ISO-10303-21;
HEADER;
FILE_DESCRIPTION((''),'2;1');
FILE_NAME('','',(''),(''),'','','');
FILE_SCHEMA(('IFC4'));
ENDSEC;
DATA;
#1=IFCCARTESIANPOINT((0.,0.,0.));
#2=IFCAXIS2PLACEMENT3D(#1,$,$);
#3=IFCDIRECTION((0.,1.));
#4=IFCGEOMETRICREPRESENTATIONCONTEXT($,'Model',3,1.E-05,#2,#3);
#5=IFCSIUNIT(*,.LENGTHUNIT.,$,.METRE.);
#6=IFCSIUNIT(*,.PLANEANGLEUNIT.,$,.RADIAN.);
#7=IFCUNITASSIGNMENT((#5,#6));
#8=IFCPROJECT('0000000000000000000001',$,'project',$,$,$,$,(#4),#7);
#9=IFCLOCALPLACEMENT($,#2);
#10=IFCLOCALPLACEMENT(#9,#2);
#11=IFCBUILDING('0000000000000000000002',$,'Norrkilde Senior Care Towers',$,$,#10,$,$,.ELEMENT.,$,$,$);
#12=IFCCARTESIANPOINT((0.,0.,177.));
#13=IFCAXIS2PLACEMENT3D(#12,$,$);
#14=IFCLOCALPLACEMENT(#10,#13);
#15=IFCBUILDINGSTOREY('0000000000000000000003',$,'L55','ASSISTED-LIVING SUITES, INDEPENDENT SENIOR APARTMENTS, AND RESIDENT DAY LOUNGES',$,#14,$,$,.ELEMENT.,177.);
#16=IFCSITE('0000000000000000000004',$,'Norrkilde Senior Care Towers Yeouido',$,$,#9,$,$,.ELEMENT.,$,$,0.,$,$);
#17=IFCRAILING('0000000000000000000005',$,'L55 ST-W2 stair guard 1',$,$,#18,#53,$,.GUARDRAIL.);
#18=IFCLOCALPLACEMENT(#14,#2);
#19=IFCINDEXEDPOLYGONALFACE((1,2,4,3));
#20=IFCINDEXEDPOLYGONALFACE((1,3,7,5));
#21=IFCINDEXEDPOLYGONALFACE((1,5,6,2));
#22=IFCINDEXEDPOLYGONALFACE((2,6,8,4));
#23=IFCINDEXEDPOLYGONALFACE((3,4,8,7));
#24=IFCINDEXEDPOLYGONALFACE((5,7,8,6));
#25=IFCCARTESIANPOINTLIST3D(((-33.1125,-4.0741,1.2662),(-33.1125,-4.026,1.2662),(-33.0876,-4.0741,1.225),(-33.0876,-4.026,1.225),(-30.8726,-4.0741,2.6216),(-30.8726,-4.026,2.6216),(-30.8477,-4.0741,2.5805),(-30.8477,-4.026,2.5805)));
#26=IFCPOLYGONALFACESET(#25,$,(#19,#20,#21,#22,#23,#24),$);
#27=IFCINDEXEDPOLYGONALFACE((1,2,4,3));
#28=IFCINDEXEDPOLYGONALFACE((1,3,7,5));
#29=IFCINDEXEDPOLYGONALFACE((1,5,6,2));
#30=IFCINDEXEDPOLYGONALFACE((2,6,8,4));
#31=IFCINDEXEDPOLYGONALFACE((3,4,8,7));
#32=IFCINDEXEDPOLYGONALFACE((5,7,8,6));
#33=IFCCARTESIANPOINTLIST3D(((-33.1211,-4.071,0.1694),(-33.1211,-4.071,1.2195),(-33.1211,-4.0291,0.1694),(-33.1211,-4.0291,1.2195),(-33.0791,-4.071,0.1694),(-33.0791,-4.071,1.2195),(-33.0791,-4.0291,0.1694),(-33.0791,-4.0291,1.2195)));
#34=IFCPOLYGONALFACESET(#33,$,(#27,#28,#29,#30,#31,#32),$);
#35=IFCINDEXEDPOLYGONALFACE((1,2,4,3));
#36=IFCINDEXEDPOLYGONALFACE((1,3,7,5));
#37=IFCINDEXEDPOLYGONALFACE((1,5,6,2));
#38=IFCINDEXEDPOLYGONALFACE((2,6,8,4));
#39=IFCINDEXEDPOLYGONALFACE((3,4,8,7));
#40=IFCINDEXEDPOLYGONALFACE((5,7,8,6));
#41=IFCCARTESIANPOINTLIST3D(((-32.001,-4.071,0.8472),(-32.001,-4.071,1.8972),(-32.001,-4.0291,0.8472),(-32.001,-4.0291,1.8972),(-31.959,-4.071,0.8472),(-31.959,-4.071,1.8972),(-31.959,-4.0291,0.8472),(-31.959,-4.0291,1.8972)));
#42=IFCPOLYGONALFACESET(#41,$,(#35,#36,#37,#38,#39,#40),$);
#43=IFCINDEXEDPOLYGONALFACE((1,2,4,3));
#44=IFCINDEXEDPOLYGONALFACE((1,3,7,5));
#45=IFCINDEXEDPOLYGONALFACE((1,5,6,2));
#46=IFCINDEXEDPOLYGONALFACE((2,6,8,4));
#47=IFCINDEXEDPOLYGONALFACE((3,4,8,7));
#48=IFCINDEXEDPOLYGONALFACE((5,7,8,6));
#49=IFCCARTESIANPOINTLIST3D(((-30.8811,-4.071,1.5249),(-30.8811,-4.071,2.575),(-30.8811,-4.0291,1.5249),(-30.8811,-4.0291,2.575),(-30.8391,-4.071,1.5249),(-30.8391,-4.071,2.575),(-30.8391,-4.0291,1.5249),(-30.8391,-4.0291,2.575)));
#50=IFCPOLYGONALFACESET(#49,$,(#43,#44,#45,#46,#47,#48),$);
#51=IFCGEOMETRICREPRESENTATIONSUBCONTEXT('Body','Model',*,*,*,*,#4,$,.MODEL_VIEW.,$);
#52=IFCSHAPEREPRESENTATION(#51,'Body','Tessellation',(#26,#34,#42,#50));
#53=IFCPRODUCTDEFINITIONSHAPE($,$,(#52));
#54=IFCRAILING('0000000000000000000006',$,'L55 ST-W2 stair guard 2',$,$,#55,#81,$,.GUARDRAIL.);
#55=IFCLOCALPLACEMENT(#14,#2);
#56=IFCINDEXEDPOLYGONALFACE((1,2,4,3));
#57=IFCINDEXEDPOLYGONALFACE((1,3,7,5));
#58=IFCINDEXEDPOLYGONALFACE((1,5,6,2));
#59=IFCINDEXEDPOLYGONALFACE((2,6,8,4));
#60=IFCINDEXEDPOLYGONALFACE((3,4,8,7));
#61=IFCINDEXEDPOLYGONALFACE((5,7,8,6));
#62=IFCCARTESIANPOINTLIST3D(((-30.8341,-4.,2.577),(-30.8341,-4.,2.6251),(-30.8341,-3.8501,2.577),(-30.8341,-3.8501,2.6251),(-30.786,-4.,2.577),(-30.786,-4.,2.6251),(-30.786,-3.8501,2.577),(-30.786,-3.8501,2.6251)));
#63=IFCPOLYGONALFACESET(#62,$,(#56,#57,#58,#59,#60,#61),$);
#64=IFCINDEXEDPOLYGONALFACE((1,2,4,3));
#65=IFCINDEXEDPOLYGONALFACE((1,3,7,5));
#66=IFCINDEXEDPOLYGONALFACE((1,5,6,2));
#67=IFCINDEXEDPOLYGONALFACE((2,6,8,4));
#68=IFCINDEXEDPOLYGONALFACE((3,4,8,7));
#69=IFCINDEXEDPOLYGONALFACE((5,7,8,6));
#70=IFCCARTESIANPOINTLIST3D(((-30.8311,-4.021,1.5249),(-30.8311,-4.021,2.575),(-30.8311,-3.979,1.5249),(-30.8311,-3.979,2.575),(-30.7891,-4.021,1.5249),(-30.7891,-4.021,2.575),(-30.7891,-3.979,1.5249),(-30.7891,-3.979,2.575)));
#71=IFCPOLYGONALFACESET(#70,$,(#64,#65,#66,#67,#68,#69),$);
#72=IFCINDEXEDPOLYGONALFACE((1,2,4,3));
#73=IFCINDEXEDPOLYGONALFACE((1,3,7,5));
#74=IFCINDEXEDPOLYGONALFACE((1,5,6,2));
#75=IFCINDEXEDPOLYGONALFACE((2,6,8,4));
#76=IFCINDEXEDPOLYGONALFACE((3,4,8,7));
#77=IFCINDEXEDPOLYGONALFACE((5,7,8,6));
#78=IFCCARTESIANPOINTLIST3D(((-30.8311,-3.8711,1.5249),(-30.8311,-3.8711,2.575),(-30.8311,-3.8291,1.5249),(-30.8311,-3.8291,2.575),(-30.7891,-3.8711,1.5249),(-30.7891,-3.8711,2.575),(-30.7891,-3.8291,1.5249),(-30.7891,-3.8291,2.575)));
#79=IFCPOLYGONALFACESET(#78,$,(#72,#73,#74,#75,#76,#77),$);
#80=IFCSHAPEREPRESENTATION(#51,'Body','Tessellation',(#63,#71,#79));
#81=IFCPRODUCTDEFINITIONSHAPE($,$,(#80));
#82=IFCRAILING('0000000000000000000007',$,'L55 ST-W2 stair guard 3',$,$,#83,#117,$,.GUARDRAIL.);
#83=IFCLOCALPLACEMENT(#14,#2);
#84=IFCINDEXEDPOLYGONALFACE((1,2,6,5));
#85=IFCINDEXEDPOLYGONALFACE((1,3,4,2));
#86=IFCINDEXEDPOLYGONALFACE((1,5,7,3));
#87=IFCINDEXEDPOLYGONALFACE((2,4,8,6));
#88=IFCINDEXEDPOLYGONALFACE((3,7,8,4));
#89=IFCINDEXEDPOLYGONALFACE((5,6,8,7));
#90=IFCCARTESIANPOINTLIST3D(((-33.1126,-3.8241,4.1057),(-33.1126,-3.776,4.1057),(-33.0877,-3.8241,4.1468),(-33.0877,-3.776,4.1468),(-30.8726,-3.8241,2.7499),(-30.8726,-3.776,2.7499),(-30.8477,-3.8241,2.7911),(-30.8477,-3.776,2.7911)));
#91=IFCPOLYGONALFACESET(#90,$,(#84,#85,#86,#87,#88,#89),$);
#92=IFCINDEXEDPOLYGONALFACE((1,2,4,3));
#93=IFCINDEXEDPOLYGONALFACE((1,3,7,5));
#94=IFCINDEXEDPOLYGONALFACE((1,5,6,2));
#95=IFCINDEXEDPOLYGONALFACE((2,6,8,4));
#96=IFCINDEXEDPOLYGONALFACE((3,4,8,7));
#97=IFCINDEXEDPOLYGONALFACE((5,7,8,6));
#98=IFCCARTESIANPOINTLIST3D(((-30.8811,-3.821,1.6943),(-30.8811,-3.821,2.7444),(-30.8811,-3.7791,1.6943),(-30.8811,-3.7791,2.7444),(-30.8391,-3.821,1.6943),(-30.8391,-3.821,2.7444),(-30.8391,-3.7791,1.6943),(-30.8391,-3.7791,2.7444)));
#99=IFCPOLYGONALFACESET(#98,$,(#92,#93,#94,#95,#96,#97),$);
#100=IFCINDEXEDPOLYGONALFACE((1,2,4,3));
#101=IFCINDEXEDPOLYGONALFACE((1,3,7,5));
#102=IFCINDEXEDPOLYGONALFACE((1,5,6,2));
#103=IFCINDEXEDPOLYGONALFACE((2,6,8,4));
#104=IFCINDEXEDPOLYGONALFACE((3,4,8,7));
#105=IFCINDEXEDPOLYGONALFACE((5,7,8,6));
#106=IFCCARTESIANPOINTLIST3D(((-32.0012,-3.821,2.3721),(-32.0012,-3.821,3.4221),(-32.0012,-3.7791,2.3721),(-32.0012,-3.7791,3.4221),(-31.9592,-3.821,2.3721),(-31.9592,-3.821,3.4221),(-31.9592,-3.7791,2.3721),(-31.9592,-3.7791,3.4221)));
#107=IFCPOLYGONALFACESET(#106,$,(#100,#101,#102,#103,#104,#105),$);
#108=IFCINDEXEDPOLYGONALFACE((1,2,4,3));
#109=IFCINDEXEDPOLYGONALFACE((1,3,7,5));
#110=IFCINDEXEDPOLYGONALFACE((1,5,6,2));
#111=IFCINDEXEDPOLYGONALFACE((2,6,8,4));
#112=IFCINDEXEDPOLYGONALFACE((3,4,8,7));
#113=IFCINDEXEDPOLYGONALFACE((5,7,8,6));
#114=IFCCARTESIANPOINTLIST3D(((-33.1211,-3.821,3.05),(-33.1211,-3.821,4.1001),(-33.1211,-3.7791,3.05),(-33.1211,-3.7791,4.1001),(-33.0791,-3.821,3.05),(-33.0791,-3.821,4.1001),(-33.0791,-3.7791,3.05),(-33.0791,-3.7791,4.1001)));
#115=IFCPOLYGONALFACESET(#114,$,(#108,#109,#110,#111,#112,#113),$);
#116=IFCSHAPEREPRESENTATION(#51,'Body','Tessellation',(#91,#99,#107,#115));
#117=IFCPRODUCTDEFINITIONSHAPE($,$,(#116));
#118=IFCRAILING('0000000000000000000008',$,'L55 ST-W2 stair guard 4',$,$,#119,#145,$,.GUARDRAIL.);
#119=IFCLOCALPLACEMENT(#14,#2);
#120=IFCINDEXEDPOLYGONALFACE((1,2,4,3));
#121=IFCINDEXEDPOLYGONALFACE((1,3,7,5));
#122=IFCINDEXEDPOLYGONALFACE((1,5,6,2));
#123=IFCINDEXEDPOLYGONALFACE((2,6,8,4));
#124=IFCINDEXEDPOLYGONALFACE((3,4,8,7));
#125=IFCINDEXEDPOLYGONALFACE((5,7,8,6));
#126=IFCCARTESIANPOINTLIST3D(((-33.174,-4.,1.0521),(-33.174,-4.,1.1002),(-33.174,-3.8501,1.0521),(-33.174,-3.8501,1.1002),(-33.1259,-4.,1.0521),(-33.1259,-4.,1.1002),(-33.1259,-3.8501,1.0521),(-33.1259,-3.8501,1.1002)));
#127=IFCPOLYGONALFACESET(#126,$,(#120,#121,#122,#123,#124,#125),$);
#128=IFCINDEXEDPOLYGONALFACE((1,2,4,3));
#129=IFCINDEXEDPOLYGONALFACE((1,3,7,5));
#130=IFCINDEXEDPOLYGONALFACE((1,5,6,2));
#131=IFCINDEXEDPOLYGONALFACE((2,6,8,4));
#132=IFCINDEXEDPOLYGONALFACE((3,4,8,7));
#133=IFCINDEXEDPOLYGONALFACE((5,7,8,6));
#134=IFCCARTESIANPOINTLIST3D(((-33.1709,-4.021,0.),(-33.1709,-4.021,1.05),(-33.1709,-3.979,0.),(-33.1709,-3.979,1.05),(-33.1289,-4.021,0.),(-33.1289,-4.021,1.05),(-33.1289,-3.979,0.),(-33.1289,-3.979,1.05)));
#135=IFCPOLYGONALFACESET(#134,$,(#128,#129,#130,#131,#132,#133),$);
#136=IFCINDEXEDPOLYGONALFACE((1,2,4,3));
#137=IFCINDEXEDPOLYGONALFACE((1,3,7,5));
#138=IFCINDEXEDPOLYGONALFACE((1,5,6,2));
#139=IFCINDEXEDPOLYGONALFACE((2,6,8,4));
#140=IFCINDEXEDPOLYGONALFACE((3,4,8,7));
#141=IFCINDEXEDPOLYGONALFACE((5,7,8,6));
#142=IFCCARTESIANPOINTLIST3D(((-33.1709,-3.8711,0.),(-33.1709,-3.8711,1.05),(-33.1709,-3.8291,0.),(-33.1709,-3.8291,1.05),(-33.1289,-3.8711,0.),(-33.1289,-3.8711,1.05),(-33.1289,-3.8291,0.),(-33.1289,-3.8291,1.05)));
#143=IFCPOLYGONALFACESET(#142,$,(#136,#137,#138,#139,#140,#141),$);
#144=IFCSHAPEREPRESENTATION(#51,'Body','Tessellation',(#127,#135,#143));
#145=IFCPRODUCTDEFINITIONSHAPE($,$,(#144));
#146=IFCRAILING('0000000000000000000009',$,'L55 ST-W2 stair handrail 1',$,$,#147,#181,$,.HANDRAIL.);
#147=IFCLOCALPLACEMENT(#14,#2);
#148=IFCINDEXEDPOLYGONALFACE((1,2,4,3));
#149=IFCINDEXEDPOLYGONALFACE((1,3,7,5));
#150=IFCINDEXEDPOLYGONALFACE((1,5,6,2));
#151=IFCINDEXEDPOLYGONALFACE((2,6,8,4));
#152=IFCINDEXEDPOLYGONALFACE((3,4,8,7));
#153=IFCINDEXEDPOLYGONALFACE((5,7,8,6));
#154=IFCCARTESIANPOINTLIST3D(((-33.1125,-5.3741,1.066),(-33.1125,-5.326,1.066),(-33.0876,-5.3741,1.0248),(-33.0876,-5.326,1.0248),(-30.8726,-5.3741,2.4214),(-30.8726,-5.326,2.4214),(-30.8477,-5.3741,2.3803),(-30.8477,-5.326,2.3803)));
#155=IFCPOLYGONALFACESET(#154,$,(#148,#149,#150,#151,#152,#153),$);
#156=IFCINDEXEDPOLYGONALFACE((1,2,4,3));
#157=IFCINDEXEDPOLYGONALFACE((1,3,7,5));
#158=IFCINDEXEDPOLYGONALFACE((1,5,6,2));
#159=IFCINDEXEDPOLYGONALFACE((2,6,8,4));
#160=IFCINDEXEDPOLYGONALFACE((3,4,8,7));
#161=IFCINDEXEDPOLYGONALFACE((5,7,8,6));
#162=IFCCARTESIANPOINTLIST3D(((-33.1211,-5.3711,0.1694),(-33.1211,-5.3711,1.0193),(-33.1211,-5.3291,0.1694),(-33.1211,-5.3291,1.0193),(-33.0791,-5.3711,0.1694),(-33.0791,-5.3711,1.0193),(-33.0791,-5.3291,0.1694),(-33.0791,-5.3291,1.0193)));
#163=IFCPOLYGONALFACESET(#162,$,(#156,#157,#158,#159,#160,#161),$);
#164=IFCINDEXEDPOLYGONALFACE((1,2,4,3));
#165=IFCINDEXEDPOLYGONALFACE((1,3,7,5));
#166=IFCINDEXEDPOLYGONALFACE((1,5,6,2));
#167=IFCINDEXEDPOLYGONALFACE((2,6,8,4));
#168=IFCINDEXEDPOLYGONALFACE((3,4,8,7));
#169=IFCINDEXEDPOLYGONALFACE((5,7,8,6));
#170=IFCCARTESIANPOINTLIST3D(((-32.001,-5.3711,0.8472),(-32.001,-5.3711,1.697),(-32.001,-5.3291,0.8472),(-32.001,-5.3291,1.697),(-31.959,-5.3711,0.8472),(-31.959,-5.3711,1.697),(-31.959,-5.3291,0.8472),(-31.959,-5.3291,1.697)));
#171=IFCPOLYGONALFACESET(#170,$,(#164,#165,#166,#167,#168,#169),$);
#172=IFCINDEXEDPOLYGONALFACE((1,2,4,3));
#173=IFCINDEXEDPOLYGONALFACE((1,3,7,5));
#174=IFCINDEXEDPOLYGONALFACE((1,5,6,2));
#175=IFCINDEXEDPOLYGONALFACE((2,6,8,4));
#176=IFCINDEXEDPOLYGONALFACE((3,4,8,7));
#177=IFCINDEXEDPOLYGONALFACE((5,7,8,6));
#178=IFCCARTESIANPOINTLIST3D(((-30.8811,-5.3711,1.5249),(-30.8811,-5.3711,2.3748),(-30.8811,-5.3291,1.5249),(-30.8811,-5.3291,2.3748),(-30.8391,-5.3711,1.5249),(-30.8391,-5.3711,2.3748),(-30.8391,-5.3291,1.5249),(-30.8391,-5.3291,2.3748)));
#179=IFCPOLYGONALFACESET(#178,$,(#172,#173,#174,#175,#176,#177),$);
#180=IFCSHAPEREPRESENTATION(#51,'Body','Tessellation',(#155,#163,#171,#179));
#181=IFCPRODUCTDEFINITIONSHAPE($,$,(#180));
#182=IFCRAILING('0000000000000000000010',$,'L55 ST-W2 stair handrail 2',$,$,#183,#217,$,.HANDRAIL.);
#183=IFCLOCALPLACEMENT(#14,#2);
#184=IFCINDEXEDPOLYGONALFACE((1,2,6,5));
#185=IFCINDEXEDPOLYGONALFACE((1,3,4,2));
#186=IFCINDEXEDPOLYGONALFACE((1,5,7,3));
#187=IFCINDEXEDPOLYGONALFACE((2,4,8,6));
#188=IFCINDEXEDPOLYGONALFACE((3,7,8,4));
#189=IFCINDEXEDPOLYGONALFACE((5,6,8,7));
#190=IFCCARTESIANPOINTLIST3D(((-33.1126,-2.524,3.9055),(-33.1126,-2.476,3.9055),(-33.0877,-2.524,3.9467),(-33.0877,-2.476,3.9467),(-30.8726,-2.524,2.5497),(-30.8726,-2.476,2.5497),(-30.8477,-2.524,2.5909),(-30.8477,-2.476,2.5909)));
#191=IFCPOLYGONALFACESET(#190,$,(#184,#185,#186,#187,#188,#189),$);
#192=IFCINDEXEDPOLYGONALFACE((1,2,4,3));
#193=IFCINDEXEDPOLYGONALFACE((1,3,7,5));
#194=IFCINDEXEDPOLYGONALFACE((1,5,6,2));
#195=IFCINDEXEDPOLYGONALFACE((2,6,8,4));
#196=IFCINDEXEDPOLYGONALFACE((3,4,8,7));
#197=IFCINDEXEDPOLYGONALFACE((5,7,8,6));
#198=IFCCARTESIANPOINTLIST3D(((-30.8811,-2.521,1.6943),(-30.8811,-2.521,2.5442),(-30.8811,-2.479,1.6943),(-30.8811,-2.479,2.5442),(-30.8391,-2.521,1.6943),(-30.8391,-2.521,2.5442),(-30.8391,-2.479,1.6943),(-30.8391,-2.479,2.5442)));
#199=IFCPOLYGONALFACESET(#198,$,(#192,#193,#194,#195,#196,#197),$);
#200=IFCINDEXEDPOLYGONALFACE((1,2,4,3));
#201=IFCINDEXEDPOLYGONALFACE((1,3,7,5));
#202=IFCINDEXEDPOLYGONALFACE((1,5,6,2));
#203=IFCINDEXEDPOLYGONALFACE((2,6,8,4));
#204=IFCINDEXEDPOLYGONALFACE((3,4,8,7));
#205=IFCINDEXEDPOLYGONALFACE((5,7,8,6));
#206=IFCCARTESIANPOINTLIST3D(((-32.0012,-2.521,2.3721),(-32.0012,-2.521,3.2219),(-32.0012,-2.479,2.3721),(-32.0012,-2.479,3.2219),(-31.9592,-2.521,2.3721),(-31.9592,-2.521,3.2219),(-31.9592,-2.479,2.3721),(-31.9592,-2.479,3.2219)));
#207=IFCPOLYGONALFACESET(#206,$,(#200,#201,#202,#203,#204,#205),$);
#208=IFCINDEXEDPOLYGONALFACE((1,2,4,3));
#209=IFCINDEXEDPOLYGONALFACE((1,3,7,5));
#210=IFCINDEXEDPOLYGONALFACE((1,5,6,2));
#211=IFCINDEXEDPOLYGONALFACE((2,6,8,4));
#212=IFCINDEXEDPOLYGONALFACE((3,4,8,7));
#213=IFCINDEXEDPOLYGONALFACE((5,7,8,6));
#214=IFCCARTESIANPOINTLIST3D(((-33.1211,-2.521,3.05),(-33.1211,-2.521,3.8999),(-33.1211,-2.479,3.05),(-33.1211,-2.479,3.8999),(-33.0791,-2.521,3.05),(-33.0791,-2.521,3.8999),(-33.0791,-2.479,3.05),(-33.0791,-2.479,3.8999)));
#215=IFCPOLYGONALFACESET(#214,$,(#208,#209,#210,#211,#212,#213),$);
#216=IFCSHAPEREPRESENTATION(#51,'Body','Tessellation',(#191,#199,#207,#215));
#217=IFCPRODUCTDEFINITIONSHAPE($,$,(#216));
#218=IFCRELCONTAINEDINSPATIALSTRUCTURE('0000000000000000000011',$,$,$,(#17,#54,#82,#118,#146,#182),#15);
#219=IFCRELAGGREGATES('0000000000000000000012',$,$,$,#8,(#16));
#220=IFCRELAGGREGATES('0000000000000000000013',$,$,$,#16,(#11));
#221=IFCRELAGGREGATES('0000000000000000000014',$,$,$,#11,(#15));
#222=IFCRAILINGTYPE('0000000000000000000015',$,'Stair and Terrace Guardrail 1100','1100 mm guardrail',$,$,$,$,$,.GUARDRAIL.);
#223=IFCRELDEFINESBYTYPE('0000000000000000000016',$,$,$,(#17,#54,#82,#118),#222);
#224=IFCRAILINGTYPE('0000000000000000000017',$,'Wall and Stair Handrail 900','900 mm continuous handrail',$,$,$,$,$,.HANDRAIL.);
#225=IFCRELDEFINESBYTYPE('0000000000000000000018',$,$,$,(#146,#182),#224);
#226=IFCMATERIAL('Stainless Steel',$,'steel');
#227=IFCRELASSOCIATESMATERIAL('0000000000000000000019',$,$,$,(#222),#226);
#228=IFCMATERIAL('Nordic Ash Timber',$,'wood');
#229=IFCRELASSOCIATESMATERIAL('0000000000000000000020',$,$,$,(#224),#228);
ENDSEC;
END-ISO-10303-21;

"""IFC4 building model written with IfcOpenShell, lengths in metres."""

from ifc_helpers import new_model, si_unit, direction, frame, origin, origin_2d, place, context, subcontext, project, spatial, rectangle, extrude, material, type_object, element, save


model = new_model("IFC4")

# Units and contexts
model_context = context("Model", 3, precision=1e-05, world=origin(), true_north=direction((0.0, 1.0)))
body_context = subcontext(model_context, "Body", "Model", "MODEL_VIEW")
ifc_project = project(units=[si_unit("LENGTHUNIT", "METRE"), si_unit("PLANEANGLEUNIT", "RADIAN")], contexts=[model_context])

# Site, building, storey
site_placement = place(None, origin())
site = spatial("IfcSite", under=ifc_project, at=site_placement, Name="Norrkilde Senior Care Towers Yeouido", CompositionType="ELEMENT", RefElevation=0.0)
building_placement = place(site_placement, origin())
building = spatial("IfcBuilding", under=site, at=building_placement, Name="Norrkilde Senior Care Towers", CompositionType="ELEMENT")
storey_placement = place(building_placement, frame((0.0, 0.0, 177.0)))
storey = spatial("IfcBuildingStorey", under=building, at=storey_placement, Name="L55", Description="ASSISTED-LIVING SUITES, INDEPENDENT SENIOR APARTMENTS, AND RESIDENT DAY LOUNGES", CompositionType="ELEMENT", Elevation=177.0)

# Railings
ifc_material_1 = material(Name="Stainless Steel", Category="steel")
railing_type_1 = type_object("IfcRailingType", Name="Stair and Terrace Guardrail 1100", Description="1100 mm guardrail", PredefinedType="GUARDRAIL", material=ifc_material_1)
railing_1_placement = place(storey_placement, frame((-33.1001, -4.05, 0.1694)))
element("IfcRailing", 1, at=railing_1_placement, inside=storey, type_object=railing_type_1, Name="L55 ST-W2 stair guard 1", PredefinedType="GUARDRAIL", context=body_context, shape_type="SweptSolid", body=[
    extrude(rectangle(XDim=0.0481, YDim=0.0481, at=origin_2d()), frame((0.0, 0.0, 1.0762), z_axis=(0.855553, 0.0, 0.517715), x_axis=(0.0, 1.0, 0.0)), (0.0, 0.0, 1.0), 2.6182),
    extrude(rectangle(XDim=0.042, YDim=0.042, at=origin_2d()), origin(), (0.0, 0.0, 1.0), 1.05),
    extrude(rectangle(XDim=0.042, YDim=0.042, at=origin_2d()), frame((1.1201, 0.0, 0.6777)), (0.0, 0.0, 1.0), 1.05),
    extrude(rectangle(XDim=0.042, YDim=0.042, at=origin_2d()), frame((2.24, 0.0, 1.3555)), (0.0, 0.0, 1.0), 1.05),
])
railing_2_placement = place(storey_placement, frame((-30.8101, -4.0, 1.5249)))
element("IfcRailing", 2, at=railing_2_placement, inside=storey, type_object=railing_type_1, Name="L55 ST-W2 stair guard 2", PredefinedType="GUARDRAIL", context=body_context, shape_type="SweptSolid", body=[
    extrude(rectangle(XDim=0.0481, YDim=0.0481, at=origin_2d()), frame((0.0, 0.0, 1.0762), z_axis=(0.0, 1.0, 0.0), x_axis=(-1.0, 0.0, 0.0)), (0.0, 0.0, 1.0), 0.1499),
    extrude(rectangle(XDim=0.042, YDim=0.042, at=origin_2d()), origin(), (0.0, 0.0, 1.0), 1.05),
    extrude(rectangle(XDim=0.042, YDim=0.042, at=origin_2d()), frame((0.0, 0.1499, 0.0)), (0.0, 0.0, 1.0), 1.05),
])
railing_3_placement = place(storey_placement, frame((-30.8601, -3.8, 1.6943)))
element("IfcRailing", 3, at=railing_3_placement, inside=storey, type_object=railing_type_1, Name="L55 ST-W2 stair guard 3", PredefinedType="GUARDRAIL", context=body_context, shape_type="SweptSolid", body=[
    extrude(rectangle(XDim=0.0481, YDim=0.0481, at=origin_2d()), frame((0.0, 0.0, 1.0762), z_axis=(-0.855512, 0.0, 0.517783), x_axis=(0.0, -1.0, 0.0)), (0.0, 0.0, 1.0), 2.6184),
    extrude(rectangle(XDim=0.042, YDim=0.042, at=origin_2d()), origin(), (0.0, 0.0, 1.0), 1.05),
    extrude(rectangle(XDim=0.042, YDim=0.042, at=origin_2d()), frame((-1.1201, 0.0, 0.6777)), (0.0, 0.0, 1.0), 1.05),
    extrude(rectangle(XDim=0.042, YDim=0.042, at=origin_2d()), frame((-2.24, 0.0, 1.3557)), (0.0, 0.0, 1.0), 1.05),
])
railing_4_placement = place(storey_placement, frame((-33.1499, -4.0, 0.0)))
element("IfcRailing", 4, at=railing_4_placement, inside=storey, type_object=railing_type_1, Name="L55 ST-W2 stair guard 4", PredefinedType="GUARDRAIL", context=body_context, shape_type="SweptSolid", body=[
    extrude(rectangle(XDim=0.0481, YDim=0.0481, at=origin_2d()), frame((0.0, 0.0, 1.0762), z_axis=(0.0, 1.0, 0.0), x_axis=(-1.0, 0.0, 0.0)), (0.0, 0.0, 1.0), 0.1499),
    extrude(rectangle(XDim=0.042, YDim=0.042, at=origin_2d()), origin(), (0.0, 0.0, 1.0), 1.05),
    extrude(rectangle(XDim=0.042, YDim=0.042, at=origin_2d()), frame((0.0, 0.1499, 0.0)), (0.0, 0.0, 1.0), 1.05),
])
ifc_material_2 = material(Name="Nordic Ash Timber", Category="wood")
railing_type_2 = type_object("IfcRailingType", Name="Wall and Stair Handrail 900", Description="900 mm continuous handrail", PredefinedType="HANDRAIL", material=ifc_material_2)
railing_5_placement = place(storey_placement, frame((-33.1001, -5.3501, 0.1694)))
element("IfcRailing", 5, at=railing_5_placement, inside=storey, type_object=railing_type_2, Name="L55 ST-W2 stair handrail 1", PredefinedType="HANDRAIL", context=body_context, shape_type="SweptSolid", body=[
    extrude(rectangle(XDim=0.0481, YDim=0.0481, at=origin_2d()), frame((0.0, 0.0, 0.876), z_axis=(0.855553, 0.0, 0.517715), x_axis=(0.0, 1.0, 0.0)), (0.0, 0.0, 1.0), 2.6182),
    extrude(rectangle(XDim=0.042, YDim=0.042, at=origin_2d()), origin(), (0.0, 0.0, 1.0), 0.8499),
    extrude(rectangle(XDim=0.042, YDim=0.042, at=origin_2d()), frame((1.1201, 0.0, 0.6777)), (0.0, 0.0, 1.0), 0.8499),
    extrude(rectangle(XDim=0.042, YDim=0.042, at=origin_2d()), frame((2.24, 0.0, 1.3555)), (0.0, 0.0, 1.0), 0.8499),
])
railing_6_placement = place(storey_placement, frame((-30.8601, -2.5, 1.6943)))
element("IfcRailing", 6, at=railing_6_placement, inside=storey, type_object=railing_type_2, Name="L55 ST-W2 stair handrail 2", PredefinedType="HANDRAIL", context=body_context, shape_type="SweptSolid", body=[
    extrude(rectangle(XDim=0.0481, YDim=0.0481, at=origin_2d()), frame((0.0, 0.0, 0.876), z_axis=(-0.855512, 0.0, 0.517783), x_axis=(0.0, -1.0, 0.0)), (0.0, 0.0, 1.0), 2.6184),
    extrude(rectangle(XDim=0.042, YDim=0.042, at=origin_2d()), origin(), (0.0, 0.0, 1.0), 0.8499),
    extrude(rectangle(XDim=0.042, YDim=0.042, at=origin_2d()), frame((-1.1201, 0.0, 0.6777)), (0.0, 0.0, 1.0), 0.8499),
    extrude(rectangle(XDim=0.042, YDim=0.042, at=origin_2d()), frame((-2.24, 0.0, 1.3557)), (0.0, 0.0, 1.0), 0.8499),
])

save(model, "model.ifc")
